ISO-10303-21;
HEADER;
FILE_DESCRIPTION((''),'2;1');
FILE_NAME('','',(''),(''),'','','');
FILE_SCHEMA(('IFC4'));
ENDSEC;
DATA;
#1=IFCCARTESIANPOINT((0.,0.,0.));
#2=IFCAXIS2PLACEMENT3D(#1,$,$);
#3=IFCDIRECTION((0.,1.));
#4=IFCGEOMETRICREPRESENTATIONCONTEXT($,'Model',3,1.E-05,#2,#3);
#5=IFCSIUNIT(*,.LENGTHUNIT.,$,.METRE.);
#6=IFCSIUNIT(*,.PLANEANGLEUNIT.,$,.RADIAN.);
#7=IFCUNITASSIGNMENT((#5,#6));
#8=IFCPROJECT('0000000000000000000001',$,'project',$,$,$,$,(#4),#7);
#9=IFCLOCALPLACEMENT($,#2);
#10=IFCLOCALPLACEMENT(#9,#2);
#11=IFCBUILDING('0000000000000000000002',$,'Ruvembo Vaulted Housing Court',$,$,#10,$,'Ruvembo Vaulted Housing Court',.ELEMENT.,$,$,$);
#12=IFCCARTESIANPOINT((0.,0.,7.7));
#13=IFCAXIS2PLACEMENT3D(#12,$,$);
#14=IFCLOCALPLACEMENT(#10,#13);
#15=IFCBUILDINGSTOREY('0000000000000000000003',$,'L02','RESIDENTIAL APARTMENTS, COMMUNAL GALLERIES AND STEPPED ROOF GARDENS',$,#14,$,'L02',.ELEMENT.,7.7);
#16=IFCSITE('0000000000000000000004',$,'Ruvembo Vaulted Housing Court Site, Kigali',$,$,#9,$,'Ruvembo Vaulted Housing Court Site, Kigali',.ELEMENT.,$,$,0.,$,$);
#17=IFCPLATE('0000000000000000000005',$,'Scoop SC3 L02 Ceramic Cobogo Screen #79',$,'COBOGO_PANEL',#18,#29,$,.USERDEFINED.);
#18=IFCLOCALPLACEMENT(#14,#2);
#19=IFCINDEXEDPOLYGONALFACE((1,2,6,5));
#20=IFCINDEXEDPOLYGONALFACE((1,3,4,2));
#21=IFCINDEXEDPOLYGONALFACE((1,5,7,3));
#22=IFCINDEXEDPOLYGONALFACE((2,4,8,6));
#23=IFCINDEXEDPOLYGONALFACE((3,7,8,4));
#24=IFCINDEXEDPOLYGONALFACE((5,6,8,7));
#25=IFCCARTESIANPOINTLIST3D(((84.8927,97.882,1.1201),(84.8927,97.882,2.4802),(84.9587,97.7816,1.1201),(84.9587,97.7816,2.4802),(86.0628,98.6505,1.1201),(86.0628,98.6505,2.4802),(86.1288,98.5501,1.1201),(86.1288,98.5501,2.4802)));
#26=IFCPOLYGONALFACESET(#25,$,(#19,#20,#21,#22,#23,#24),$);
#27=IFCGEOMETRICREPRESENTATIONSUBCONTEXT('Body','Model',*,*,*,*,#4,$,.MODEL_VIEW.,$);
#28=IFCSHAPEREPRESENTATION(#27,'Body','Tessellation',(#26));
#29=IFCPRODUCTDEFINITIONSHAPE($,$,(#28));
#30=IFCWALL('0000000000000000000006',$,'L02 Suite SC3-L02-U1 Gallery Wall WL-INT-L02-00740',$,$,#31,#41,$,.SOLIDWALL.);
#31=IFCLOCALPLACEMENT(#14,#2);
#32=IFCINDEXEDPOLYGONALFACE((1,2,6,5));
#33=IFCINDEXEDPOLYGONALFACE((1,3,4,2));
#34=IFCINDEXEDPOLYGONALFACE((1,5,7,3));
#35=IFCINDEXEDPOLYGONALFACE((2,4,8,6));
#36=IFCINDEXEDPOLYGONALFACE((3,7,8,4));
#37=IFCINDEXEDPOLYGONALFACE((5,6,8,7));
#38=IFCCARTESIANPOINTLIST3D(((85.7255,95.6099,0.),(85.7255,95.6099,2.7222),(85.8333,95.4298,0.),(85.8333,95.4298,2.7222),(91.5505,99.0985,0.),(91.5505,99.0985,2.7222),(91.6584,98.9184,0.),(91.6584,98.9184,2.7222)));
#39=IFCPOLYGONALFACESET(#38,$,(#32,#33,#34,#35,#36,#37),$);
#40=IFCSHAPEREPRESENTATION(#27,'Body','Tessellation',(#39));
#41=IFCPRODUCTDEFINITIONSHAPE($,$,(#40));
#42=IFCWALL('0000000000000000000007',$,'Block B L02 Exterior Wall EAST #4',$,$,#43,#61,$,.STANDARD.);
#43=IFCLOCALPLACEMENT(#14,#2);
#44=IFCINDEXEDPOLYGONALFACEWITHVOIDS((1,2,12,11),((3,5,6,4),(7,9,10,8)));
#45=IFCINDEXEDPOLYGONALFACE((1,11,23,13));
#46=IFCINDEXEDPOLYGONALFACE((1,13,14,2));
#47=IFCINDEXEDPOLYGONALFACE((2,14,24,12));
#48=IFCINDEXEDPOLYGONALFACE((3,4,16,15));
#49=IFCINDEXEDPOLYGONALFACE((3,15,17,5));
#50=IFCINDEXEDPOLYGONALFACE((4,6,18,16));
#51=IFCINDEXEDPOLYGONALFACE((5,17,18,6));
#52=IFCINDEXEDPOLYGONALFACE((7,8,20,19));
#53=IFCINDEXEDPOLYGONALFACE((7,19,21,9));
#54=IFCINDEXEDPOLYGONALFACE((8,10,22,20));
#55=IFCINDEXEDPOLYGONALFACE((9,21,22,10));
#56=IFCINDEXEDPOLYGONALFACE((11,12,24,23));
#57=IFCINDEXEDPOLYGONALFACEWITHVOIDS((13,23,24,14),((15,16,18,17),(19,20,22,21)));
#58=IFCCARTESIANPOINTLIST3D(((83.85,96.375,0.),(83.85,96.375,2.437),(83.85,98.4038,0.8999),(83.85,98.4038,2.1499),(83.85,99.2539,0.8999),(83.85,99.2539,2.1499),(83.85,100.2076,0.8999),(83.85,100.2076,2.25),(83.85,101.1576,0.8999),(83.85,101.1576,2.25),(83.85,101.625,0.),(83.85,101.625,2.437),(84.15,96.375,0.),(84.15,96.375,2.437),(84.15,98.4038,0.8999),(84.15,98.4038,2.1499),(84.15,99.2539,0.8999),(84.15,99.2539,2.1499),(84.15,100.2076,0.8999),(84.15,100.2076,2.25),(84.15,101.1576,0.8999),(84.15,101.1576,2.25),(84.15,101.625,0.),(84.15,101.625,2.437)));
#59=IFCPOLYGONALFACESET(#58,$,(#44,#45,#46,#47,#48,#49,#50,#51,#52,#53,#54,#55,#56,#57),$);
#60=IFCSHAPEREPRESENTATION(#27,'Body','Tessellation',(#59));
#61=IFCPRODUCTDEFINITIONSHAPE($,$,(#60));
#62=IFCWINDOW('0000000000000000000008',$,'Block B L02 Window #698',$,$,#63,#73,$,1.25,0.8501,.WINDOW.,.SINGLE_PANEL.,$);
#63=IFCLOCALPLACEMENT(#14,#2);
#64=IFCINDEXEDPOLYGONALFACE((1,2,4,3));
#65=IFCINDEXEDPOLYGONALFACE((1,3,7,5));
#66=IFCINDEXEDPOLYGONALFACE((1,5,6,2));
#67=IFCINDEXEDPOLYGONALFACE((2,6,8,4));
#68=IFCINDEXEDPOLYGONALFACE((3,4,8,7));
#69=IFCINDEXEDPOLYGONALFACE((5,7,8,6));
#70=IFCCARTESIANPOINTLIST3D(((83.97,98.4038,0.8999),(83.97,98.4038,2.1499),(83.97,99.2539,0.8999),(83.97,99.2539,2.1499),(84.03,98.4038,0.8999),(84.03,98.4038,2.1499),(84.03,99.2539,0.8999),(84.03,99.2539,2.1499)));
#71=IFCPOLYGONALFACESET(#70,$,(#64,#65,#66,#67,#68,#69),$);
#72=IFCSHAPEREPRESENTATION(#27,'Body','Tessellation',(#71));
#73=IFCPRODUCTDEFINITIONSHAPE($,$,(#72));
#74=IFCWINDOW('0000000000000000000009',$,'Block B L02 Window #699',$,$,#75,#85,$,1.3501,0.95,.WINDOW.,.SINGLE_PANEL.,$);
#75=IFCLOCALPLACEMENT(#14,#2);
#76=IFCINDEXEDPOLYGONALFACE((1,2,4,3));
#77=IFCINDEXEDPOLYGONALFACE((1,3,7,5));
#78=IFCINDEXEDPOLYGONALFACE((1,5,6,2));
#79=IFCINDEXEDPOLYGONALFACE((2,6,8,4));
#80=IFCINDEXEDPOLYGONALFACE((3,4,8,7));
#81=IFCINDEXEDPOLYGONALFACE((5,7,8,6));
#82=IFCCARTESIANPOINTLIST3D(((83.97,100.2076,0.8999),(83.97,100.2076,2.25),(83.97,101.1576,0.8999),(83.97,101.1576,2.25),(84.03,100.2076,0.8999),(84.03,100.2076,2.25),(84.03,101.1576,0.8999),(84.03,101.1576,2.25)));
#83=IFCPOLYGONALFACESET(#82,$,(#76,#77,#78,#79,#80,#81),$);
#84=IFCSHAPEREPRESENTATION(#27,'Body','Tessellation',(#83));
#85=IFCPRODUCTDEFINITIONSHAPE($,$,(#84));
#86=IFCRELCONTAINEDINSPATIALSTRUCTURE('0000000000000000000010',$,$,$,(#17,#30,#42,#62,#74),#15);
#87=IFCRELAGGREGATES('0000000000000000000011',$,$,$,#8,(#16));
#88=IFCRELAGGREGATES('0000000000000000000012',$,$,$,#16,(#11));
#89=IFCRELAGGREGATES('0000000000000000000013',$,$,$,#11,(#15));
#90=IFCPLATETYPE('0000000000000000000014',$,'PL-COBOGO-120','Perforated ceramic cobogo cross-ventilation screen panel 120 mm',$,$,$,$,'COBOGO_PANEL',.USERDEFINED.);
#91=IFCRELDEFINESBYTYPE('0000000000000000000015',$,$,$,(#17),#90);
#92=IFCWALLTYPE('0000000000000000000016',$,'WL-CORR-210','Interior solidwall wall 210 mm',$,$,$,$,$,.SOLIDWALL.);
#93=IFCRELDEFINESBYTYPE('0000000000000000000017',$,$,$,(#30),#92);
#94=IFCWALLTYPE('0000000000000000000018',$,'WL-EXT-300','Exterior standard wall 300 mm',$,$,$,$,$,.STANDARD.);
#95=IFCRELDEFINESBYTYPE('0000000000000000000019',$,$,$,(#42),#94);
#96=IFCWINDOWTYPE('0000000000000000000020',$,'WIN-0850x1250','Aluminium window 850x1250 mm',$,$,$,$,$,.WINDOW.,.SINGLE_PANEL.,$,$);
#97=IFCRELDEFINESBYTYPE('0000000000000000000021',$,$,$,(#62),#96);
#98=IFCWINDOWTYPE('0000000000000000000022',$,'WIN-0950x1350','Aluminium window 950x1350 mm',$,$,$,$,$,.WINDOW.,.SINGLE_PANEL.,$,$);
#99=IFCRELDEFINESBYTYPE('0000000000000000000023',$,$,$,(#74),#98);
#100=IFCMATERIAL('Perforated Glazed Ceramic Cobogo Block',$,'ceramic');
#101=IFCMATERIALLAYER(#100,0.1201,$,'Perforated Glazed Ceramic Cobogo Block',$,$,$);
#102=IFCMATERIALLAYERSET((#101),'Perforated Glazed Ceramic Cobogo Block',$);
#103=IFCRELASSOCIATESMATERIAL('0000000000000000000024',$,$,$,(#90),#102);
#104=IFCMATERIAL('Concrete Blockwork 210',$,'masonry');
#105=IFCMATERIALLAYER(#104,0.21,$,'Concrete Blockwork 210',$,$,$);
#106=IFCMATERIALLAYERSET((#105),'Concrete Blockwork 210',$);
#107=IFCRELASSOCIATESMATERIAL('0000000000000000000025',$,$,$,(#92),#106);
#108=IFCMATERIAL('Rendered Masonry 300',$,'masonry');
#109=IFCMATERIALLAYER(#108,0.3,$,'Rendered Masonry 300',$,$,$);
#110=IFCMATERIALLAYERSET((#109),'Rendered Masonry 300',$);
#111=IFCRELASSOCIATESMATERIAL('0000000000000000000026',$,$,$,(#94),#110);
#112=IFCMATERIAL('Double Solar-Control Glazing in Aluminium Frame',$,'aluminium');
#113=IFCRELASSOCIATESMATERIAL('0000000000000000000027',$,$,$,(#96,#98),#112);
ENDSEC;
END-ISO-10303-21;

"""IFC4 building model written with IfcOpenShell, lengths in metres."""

from ifc_helpers import new_model, si_unit, direction, frame, frame_2d, origin, origin_2d, place, context, subcontext, project, spatial, rectangle, extrude, material, layer, layer_set, type_object, element, fill, save


model = new_model("IFC4")

# Units and contexts
model_context = context("Model", 3, precision=1e-05, world=origin(), true_north=direction((0.0, 1.0)))
body_context = subcontext(model_context, "Body", "Model", "MODEL_VIEW")
ifc_project = project(units=[si_unit("LENGTHUNIT", "METRE"), si_unit("PLANEANGLEUNIT", "RADIAN")], contexts=[model_context])

# Site, building, storey
site_placement = place(None, origin())
site = spatial("IfcSite", under=ifc_project, at=site_placement, Name="Ruvembo Vaulted Housing Court Site, Kigali", LongName="Ruvembo Vaulted Housing Court Site, Kigali", CompositionType="ELEMENT", RefElevation=0.0)
building_placement = place(site_placement, origin())
building = spatial("IfcBuilding", under=site, at=building_placement, Name="Ruvembo Vaulted Housing Court", LongName="Ruvembo Vaulted Housing Court", CompositionType="ELEMENT")
storey_placement = place(building_placement, frame((0.0, 0.0, 7.7)))
storey = spatial("IfcBuildingStorey", under=building, at=storey_placement, Name="L02", Description="RESIDENTIAL APARTMENTS, COMMUNAL GALLERIES AND STEPPED ROOF GARDENS", LongName="L02", CompositionType="ELEMENT", Elevation=7.7)

# Plate
ifc_material_1 = material(Name="Perforated Glazed Ceramic Cobogo Block", Category="ceramic")
ifc_layer_1 = layer(ifc_material_1, 0.1201, Name="Perforated Glazed Ceramic Cobogo Block")
ifc_layer_set_1 = layer_set([ifc_layer_1], Name="Perforated Glazed Ceramic Cobogo Block")
plate_type_1 = type_object("IfcPlateType", Name="PL-COBOGO-120", Description="Perforated ceramic cobogo cross-ventilation screen panel 120 mm", ElementType="COBOGO_PANEL", PredefinedType="USERDEFINED", material=ifc_layer_set_1)
plate_1_placement = place(storey_placement, frame((85.5107, 98.2161, 1.1201), z_axis=(0.0, 0.0, 1.0), x_axis=(0.835836, 0.548979, 0.0)))
element("IfcPlate", 1, at=plate_1_placement, inside=storey, type_object=plate_type_1, Name="Scoop SC3 L02 Ceramic Cobogo Screen #79", ObjectType="COBOGO_PANEL", PredefinedType="USERDEFINED", context=body_context, shape_type="SweptSolid", body=[
    extrude(rectangle(XDim=1.3999, YDim=0.1201, at=origin_2d()), origin(), (0.0, 0.0, 1.0), 1.3601),
])

# Wall
ifc_material_2 = material(Name="Concrete Blockwork 210", Category="masonry")
ifc_layer_2 = layer(ifc_material_2, 0.21, Name="Concrete Blockwork 210")
ifc_layer_set_2 = layer_set([ifc_layer_2], Name="Concrete Blockwork 210")
wall_type_1 = type_object("IfcWallType", Name="WL-CORR-210", Description="Interior solidwall wall 210 mm", PredefinedType="SOLIDWALL", material=ifc_layer_set_2)
wall_1_placement = place(storey_placement, frame((85.7793, 95.5198, 0.0), z_axis=(0.0, 0.0, 1.0), x_axis=(0.857911, 0.513798, 0.0)))
element("IfcWall", 2, at=wall_1_placement, inside=storey, type_object=wall_type_1, Name="L02 Suite SC3-L02-U1 Gallery Wall WL-INT-L02-00740", PredefinedType="SOLIDWALL", context=body_context, shape_type="SweptSolid", body=[
    extrude(rectangle(XDim=6.7898, YDim=0.21, at=frame_2d((3.395, 0.0))), origin(), (0.0, 0.0, 1.0), 2.7222),
])

# Wall, openings, windows
ifc_material_3 = material(Name="Rendered Masonry 300", Category="masonry")
ifc_layer_3 = layer(ifc_material_3, 0.3, Name="Rendered Masonry 300")
ifc_layer_set_3 = layer_set([ifc_layer_3], Name="Rendered Masonry 300")
wall_type_2 = type_object("IfcWallType", Name="WL-EXT-300", Description="Exterior standard wall 300 mm", PredefinedType="STANDARD", material=ifc_layer_set_3)
wall_2_placement = place(storey_placement, frame((84.0, 96.375, 0.0), z_axis=(0.0, 0.0, 1.0), x_axis=(0.0, 1.0, 0.0)))
wall_2 = element("IfcWall", 3, at=wall_2_placement, inside=storey, type_object=wall_type_2, Name="Block B L02 Exterior Wall EAST #4", PredefinedType="STANDARD", context=body_context, shape_type="SweptSolid", body=[
    extrude(rectangle(XDim=5.25, YDim=0.3, at=frame_2d((2.625, 0.0))), origin(), (0.0, 0.0, 1.0), 2.437),
])
opening_1_placement = place(wall_2_placement, frame((2.0288, 0.0, 0.8999)))
opening_1 = element("IfcOpeningElement", 4, at=opening_1_placement, cuts=wall_2, PredefinedType="OPENING", context=body_context, shape_type="SweptSolid", body=[
    extrude(rectangle(XDim=0.8501, YDim=1.25, at=frame_2d((0.425, 0.625))), frame((0.0, 0.1599, 0.0), z_axis=(0.0, -1.0, 0.0), x_axis=(1.0, 0.0, 0.0)), (0.0, 0.0, 1.0), 0.3201),
])
opening_2_placement = place(wall_2_placement, frame((3.8325, 0.0, 0.8999)))
opening_2 = element("IfcOpeningElement", 5, at=opening_2_placement, cuts=wall_2, PredefinedType="OPENING", context=body_context, shape_type="SweptSolid", body=[
    extrude(rectangle(XDim=0.95, YDim=1.3501, at=frame_2d((0.4751, 0.675))), frame((0.0, 0.1599, 0.0), z_axis=(0.0, -1.0, 0.0), x_axis=(1.0, 0.0, 0.0)), (0.0, 0.0, 1.0), 0.3201),
])
ifc_material_4 = material(Name="Double Solar-Control Glazing in Aluminium Frame", Category="aluminium")
window_type_1 = type_object("IfcWindowType", Name="WIN-0850x1250", Description="Aluminium window 850x1250 mm", PartitioningType="SINGLE_PANEL", PredefinedType="WINDOW", material=ifc_material_4)
window_1_placement = place(opening_1_placement, origin())
window_1 = element("IfcWindow", 6, at=window_1_placement, inside=storey, type_object=window_type_1, Name="Block B L02 Window #698", OverallHeight=1.25, OverallWidth=0.8501, PartitioningType="SINGLE_PANEL", PredefinedType="WINDOW", context=body_context, shape_type="SweptSolid", body=[
    extrude(rectangle(XDim=0.8501, YDim=1.25, at=frame_2d((0.425, 0.625))), frame((0.0, 0.03, 0.0), z_axis=(0.0, -1.0, 0.0), x_axis=(1.0, 0.0, 0.0)), (0.0, 0.0, 1.0), 0.0601),
])
fill(opening_1, window_1)
window_type_2 = type_object("IfcWindowType", Name="WIN-0950x1350", Description="Aluminium window 950x1350 mm", PartitioningType="SINGLE_PANEL", PredefinedType="WINDOW", material=ifc_material_4)
window_2_placement = place(opening_2_placement, origin())
window_2 = element("IfcWindow", 7, at=window_2_placement, inside=storey, type_object=window_type_2, Name="Block B L02 Window #699", OverallHeight=1.3501, OverallWidth=0.95, PartitioningType="SINGLE_PANEL", PredefinedType="WINDOW", context=body_context, shape_type="SweptSolid", body=[
    extrude(rectangle(XDim=0.95, YDim=1.3501, at=frame_2d((0.4751, 0.675))), frame((0.0, 0.03, 0.0), z_axis=(0.0, -1.0, 0.0), x_axis=(1.0, 0.0, 0.0)), (0.0, 0.0, 1.0), 0.0601),
])
fill(opening_2, window_2)

save(model, "model.ifc")
